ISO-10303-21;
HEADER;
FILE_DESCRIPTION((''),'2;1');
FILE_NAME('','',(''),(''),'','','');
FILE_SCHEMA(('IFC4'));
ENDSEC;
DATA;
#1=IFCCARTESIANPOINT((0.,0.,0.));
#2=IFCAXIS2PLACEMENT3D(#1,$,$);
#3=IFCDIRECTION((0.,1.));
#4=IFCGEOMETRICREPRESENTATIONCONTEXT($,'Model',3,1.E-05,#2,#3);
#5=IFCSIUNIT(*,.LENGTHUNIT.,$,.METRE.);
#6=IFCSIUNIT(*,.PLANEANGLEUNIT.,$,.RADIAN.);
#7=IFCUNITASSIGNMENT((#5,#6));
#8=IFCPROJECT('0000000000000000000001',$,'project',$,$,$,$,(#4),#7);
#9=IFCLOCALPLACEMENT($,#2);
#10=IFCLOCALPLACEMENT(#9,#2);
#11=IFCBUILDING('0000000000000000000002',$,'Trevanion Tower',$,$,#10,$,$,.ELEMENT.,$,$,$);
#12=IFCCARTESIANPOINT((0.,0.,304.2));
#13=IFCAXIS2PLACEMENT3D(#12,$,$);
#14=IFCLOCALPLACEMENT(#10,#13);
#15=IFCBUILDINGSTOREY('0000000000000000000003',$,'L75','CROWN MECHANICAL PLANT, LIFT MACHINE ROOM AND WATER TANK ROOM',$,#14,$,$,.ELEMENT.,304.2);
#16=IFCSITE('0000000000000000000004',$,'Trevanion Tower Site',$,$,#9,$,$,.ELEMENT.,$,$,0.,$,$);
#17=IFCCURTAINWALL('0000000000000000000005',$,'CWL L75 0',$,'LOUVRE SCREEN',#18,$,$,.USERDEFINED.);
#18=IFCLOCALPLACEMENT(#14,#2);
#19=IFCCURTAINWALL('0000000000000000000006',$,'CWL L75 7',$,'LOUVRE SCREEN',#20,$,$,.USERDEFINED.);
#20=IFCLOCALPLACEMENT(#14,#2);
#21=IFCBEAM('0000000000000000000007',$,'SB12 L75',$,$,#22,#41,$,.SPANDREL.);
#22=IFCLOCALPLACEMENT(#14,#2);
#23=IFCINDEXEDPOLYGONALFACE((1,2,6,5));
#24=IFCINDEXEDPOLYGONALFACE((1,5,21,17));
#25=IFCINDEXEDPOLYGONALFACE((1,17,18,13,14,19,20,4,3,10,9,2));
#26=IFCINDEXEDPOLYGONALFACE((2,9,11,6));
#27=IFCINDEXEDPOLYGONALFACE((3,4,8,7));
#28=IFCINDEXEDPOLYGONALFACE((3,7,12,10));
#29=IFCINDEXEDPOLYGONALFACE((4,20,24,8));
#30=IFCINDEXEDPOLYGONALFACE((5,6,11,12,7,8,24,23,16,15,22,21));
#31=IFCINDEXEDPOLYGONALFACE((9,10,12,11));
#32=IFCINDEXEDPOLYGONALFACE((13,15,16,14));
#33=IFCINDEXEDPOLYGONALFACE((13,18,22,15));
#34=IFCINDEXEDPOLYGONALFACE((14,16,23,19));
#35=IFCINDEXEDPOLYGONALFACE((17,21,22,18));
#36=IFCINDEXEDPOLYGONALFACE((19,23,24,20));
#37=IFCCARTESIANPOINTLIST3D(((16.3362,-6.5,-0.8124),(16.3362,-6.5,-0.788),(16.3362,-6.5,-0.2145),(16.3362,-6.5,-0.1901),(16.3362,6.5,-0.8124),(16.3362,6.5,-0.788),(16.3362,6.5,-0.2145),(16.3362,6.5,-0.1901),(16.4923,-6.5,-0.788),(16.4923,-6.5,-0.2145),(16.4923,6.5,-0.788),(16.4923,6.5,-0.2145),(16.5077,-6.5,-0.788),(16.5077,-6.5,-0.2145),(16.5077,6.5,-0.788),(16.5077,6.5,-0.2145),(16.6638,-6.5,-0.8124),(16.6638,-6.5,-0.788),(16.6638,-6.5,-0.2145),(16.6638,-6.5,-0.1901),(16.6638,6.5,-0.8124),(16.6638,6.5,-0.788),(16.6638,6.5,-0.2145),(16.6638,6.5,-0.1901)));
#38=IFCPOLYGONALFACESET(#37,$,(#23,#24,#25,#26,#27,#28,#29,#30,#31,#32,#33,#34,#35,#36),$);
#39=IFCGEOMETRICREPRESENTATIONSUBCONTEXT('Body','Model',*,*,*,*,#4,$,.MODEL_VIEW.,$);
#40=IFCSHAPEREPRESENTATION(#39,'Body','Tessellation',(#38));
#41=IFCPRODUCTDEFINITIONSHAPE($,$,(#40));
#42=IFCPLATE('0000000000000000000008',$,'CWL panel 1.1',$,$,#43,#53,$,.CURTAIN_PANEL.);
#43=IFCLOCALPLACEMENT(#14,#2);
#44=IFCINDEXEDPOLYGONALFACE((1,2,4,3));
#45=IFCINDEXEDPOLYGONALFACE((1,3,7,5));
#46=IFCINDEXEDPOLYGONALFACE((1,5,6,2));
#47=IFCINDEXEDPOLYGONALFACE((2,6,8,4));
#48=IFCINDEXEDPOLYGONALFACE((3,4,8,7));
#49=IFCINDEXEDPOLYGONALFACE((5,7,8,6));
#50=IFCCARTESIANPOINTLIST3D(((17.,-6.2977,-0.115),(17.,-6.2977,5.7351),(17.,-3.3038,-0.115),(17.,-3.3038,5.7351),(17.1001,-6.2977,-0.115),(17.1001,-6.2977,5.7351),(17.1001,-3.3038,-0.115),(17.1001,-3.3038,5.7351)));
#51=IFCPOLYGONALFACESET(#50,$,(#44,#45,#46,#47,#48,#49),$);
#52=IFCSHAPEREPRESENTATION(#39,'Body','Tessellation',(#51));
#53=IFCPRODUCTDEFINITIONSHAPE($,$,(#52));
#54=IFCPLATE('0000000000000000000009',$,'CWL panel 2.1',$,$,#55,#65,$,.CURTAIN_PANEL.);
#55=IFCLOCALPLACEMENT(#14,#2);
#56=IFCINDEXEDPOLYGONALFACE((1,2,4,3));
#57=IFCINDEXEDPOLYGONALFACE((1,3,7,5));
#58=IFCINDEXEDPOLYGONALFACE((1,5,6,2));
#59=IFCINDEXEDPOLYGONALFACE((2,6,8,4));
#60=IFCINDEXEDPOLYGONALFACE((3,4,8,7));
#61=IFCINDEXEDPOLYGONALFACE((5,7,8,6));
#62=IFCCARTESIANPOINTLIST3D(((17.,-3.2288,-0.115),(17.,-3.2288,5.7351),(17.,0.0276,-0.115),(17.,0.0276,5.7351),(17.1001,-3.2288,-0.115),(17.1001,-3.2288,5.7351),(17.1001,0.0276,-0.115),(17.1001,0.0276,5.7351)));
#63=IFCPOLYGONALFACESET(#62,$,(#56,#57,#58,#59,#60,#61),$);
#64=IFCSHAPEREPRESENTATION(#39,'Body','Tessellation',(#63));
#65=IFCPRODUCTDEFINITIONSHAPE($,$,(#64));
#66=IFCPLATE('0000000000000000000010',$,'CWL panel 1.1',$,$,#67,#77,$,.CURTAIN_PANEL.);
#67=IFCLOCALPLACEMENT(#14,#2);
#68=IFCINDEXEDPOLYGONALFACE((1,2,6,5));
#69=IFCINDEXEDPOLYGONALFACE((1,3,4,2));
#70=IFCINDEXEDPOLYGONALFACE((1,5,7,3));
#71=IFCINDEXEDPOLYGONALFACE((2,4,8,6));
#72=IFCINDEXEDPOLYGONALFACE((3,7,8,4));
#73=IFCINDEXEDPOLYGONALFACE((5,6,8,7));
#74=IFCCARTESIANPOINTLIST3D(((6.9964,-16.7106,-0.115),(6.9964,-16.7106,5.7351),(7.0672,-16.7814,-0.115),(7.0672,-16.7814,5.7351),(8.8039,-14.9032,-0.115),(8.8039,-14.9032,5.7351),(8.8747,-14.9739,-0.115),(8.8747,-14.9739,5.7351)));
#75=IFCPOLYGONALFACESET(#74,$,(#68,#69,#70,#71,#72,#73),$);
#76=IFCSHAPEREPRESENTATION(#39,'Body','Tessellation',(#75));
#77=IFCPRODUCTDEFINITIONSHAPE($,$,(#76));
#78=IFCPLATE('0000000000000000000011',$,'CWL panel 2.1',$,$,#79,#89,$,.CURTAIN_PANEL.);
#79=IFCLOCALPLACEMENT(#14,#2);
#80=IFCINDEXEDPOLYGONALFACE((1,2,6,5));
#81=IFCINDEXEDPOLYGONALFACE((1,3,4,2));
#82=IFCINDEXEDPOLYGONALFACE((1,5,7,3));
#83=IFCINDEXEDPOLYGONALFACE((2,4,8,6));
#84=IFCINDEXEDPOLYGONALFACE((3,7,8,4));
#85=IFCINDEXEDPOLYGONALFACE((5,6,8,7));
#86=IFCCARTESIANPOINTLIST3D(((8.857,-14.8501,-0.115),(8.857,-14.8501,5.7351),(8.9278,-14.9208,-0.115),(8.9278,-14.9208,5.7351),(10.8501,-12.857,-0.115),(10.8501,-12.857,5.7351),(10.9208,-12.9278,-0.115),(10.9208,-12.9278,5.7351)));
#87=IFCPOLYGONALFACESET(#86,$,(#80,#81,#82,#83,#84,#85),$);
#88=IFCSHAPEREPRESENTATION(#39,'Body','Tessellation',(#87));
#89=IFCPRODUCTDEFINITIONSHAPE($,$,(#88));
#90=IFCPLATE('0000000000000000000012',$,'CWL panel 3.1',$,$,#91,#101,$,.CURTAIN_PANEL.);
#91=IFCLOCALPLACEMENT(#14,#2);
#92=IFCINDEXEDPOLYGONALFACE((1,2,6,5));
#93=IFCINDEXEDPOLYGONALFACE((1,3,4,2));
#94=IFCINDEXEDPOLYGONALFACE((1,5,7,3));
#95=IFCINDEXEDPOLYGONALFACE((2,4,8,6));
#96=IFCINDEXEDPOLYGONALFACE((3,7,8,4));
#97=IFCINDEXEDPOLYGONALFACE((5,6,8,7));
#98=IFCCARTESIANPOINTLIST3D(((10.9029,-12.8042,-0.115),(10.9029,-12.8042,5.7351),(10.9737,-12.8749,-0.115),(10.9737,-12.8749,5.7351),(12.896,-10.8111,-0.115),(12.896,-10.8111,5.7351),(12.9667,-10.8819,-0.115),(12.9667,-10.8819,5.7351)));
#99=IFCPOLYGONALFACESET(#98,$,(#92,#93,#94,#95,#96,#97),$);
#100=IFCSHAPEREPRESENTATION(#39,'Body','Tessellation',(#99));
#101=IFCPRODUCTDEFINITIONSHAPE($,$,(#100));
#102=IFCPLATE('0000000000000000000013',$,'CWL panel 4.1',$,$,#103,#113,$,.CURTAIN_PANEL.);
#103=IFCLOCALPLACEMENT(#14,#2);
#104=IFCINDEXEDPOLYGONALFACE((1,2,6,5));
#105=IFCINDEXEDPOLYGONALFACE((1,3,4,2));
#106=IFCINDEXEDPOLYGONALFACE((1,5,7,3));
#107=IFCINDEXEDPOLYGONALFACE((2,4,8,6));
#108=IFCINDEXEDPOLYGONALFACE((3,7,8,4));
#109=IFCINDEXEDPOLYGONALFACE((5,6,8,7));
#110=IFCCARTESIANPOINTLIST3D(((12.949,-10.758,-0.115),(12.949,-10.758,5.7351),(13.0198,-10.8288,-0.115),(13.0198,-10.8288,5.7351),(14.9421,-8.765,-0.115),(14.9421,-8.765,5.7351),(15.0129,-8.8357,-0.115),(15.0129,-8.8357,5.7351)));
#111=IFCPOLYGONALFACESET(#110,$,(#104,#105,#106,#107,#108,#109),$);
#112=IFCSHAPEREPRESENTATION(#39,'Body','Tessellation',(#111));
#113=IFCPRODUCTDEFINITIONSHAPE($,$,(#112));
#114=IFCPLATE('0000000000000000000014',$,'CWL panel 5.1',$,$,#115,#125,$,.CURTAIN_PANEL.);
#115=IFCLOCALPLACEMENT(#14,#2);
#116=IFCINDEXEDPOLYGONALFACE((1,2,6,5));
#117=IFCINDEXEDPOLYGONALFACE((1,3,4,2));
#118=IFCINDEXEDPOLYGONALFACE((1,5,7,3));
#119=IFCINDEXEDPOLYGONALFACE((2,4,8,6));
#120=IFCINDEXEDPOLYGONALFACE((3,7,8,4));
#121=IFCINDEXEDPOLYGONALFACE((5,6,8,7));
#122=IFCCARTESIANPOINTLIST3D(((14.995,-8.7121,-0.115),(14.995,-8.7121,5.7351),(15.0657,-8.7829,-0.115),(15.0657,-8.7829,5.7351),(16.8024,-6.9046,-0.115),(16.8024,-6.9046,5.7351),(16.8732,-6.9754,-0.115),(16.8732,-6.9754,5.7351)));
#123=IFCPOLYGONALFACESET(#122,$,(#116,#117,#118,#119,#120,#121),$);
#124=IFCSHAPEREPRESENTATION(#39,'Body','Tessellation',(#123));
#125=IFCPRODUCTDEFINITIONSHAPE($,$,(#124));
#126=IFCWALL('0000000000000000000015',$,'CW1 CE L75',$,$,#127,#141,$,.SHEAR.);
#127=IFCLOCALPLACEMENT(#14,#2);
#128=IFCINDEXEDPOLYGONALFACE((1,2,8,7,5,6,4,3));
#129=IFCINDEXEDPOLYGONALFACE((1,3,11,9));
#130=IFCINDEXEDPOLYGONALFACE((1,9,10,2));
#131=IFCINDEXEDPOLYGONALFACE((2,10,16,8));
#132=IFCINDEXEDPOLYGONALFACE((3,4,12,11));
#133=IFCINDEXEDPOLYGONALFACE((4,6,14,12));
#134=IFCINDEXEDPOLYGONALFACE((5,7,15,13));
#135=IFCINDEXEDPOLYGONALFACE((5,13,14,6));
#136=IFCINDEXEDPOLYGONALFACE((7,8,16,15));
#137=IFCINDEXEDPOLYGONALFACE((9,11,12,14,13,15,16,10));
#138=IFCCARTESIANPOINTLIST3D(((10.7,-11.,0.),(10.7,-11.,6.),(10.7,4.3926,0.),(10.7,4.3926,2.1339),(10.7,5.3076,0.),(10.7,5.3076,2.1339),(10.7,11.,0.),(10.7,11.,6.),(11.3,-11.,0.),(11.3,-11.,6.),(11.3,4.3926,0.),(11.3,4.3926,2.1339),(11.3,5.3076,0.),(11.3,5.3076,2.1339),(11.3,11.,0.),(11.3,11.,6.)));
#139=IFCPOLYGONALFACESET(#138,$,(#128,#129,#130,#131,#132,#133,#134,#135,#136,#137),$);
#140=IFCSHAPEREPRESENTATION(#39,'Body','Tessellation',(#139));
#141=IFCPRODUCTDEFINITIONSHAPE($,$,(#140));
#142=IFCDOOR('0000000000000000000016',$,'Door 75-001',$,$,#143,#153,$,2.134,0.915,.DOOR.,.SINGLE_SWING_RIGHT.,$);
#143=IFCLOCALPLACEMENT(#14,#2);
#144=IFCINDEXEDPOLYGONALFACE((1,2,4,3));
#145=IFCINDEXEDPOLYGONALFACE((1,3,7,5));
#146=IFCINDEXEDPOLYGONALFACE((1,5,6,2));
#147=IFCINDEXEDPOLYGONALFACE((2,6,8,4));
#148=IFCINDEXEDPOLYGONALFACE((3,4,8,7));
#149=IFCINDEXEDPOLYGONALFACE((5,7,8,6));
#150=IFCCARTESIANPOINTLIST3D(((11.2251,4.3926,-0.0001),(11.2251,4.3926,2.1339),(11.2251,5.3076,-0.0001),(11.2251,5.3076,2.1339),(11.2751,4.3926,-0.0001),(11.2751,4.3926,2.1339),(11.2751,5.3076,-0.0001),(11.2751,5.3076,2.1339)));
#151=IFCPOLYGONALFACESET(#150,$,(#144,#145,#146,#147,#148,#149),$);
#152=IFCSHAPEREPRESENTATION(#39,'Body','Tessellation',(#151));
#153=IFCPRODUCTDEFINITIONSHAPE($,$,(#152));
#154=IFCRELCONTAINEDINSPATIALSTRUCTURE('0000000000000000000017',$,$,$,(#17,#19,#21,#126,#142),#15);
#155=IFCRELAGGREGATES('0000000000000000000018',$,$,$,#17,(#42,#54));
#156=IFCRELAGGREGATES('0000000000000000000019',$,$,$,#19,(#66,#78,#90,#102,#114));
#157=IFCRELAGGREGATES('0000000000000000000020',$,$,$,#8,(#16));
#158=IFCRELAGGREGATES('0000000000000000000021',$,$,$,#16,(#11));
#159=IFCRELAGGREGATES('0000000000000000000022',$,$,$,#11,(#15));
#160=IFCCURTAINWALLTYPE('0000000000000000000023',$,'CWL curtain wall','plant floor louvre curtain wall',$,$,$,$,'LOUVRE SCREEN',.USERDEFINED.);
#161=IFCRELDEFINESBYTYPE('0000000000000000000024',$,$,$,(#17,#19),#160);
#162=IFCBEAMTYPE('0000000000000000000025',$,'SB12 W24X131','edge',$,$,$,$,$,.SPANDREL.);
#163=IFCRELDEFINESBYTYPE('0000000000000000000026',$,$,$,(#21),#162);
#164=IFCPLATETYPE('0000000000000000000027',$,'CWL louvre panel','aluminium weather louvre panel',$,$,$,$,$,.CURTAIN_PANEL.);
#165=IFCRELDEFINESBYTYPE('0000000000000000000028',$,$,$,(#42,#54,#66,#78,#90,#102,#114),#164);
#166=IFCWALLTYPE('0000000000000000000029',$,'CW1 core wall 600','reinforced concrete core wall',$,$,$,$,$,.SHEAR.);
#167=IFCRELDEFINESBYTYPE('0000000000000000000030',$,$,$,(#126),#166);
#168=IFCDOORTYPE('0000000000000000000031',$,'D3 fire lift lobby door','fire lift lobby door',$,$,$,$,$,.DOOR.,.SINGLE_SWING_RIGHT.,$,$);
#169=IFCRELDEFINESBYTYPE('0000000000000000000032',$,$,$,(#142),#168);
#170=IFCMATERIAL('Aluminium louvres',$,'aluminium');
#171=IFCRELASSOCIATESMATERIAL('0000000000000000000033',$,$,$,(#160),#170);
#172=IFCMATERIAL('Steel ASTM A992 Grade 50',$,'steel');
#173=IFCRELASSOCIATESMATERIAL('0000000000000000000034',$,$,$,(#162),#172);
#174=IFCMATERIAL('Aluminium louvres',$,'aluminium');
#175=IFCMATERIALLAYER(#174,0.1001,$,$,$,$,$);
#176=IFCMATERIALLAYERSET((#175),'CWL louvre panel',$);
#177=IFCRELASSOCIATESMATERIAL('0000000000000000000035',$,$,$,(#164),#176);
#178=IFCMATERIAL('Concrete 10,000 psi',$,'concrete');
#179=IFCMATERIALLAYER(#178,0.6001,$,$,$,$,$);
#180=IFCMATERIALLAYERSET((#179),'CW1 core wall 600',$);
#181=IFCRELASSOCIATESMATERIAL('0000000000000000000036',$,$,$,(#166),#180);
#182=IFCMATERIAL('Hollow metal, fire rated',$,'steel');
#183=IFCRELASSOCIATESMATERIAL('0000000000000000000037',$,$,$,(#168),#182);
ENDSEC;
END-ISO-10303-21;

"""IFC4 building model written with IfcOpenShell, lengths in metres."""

from ifc_helpers import new_model, si_unit, direction, frame, frame_2d, origin, origin_2d, place, context, subcontext, project, spatial, rectangle, i_section, extrude, material, layer, layer_set, material_profile, profile_set, type_object, element, fill, aggregate, save


model = new_model("IFC4")

# Units and contexts
model_context = context("Model", 3, precision=1e-05, world=origin(), true_north=direction((0.0, 1.0)))
body_context = subcontext(model_context, "Body", "Model", "MODEL_VIEW")
ifc_project = project(units=[si_unit("LENGTHUNIT", "METRE"), si_unit("PLANEANGLEUNIT", "RADIAN")], contexts=[model_context])

# Site, building, storey
site_placement = place(None, origin())
site = spatial("IfcSite", under=ifc_project, at=site_placement, Name="Trevanion Tower Site", CompositionType="ELEMENT", RefElevation=0.0)
building_placement = place(site_placement, origin())
building = spatial("IfcBuilding", under=site, at=building_placement, Name="Trevanion Tower", CompositionType="ELEMENT")
storey_placement = place(building_placement, frame((0.0, 0.0, 304.2)))
storey = spatial("IfcBuildingStorey", under=building, at=storey_placement, Name="L75", Description="CROWN MECHANICAL PLANT, LIFT MACHINE ROOM AND WATER TANK ROOM", CompositionType="ELEMENT", Elevation=304.2)

# Curtain wall
ifc_material_1 = material(Name="Aluminium louvres", Category="aluminium")
curtain_wall_type = type_object("IfcCurtainWallType", Name="CWL curtain wall", Description="plant floor louvre curtain wall", ElementType="LOUVRE SCREEN", PredefinedType="USERDEFINED", material=ifc_material_1)
curtain_wall_1_placement = place(storey_placement, origin())
curtain_wall_1 = element("IfcCurtainWall", 1, at=curtain_wall_1_placement, inside=storey, type_object=curtain_wall_type, Name="CWL L75 0", ObjectType="LOUVRE SCREEN", PredefinedType="USERDEFINED")

# Curtain wall
curtain_wall_2_placement = place(storey_placement, origin())
curtain_wall_2 = element("IfcCurtainWall", 2, at=curtain_wall_2_placement, inside=storey, type_object=curtain_wall_type, Name="CWL L75 7", ObjectType="LOUVRE SCREEN", PredefinedType="USERDEFINED")

# Beam
ifc_material_2 = material(Name="Steel ASTM A992 Grade 50", Category="steel")
ifc_material_profile_1 = material_profile(ifc_material_2, i_section(OverallWidth=0.3276, OverallDepth=0.6223, WebThickness=0.0154, FlangeThickness=0.0244, at=origin_2d()), Name="W24X131")
ifc_profile_set_1 = profile_set([ifc_material_profile_1], Name="Steel ASTM A992 Grade 50")
beam_type_1 = type_object("IfcBeamType", Name="SB12 W24X131", Description="edge", PredefinedType="SPANDREL", material=ifc_profile_set_1)
beam_1_placement = place(storey_placement, frame((16.5, -6.5, -0.5012), z_axis=(0.0, 1.0, 0.0), x_axis=(-1.0, 0.0, 0.0)))
element("IfcBeam", 3, at=beam_1_placement, inside=storey, type_object=beam_type_1, Name="SB12 L75", PredefinedType="SPANDREL", context=body_context, shape_type="SweptSolid", body=[
    extrude(i_section(OverallWidth=0.3276, OverallDepth=0.6223, WebThickness=0.0154, FlangeThickness=0.0244, at=origin_2d()), origin(), (0.0, 0.0, 1.0), 13.0),
])

# Plates
ifc_material_3 = material(Name="Aluminium louvres", Category="aluminium")
ifc_layer_1 = layer(ifc_material_3, 0.1001)
ifc_layer_set_1 = layer_set([ifc_layer_1], Name="CWL louvre panel")
plate_type = type_object("IfcPlateType", Name="CWL louvre panel", Description="aluminium weather louvre panel", PredefinedType="CURTAIN_PANEL", material=ifc_layer_set_1)
plate_1_placement = place(storey_placement, frame((17.05, -4.8008, -0.115), z_axis=(0.0, 0.0, 1.0), x_axis=(0.0, 1.0, 0.0)))
plate_1 = element("IfcPlate", 4, at=plate_1_placement, type_object=plate_type, Name="CWL panel 1.1", PredefinedType="CURTAIN_PANEL", context=body_context, shape_type="SweptSolid", body=[
    extrude(rectangle(XDim=2.9939, YDim=0.1001, at=origin_2d()), origin(), (0.0, 0.0, 1.0), 5.8501),
])
plate_2_placement = place(storey_placement, frame((17.05, -1.6006, -0.115), z_axis=(0.0, 0.0, 1.0), x_axis=(0.0, 1.0, 0.0)))
plate_2 = element("IfcPlate", 5, at=plate_2_placement, type_object=plate_type, Name="CWL panel 2.1", PredefinedType="CURTAIN_PANEL", context=body_context, shape_type="SweptSolid", body=[
    extrude(rectangle(XDim=3.2563, YDim=0.1001, at=origin_2d()), origin(), (0.0, 0.0, 1.0), 5.8501),
])
aggregate(curtain_wall_1, [plate_1, plate_2])
plate_3_placement = place(storey_placement, frame((7.9355, -15.8423, -0.115), z_axis=(0.0, 0.0, 1.0), x_axis=(0.707107, 0.707107, 0.0)))
plate_3 = element("IfcPlate", 6, at=plate_3_placement, type_object=plate_type, Name="CWL panel 1.1", PredefinedType="CURTAIN_PANEL", context=body_context, shape_type="SweptSolid", body=[
    extrude(rectangle(XDim=2.5562, YDim=0.1001, at=origin_2d()), origin(), (0.0, 0.0, 1.0), 5.8501),
])
plate_4_placement = place(storey_placement, frame((9.8889, -13.8889, -0.115), z_axis=(0.0, 0.0, 1.0), x_axis=(0.707107, 0.707107, 0.0)))
plate_4 = element("IfcPlate", 7, at=plate_4_placement, type_object=plate_type, Name="CWL panel 2.1", PredefinedType="CURTAIN_PANEL", context=body_context, shape_type="SweptSolid", body=[
    extrude(rectangle(XDim=2.8186, YDim=0.1001, at=origin_2d()), origin(), (0.0, 0.0, 1.0), 5.8501),
])
plate_5_placement = place(storey_placement, frame((11.9348, -11.843, -0.115), z_axis=(0.0, 0.0, 1.0), x_axis=(0.707107, 0.707107, 0.0)))
plate_5 = element("IfcPlate", 8, at=plate_5_placement, type_object=plate_type, Name="CWL panel 3.1", PredefinedType="CURTAIN_PANEL", context=body_context, shape_type="SweptSolid", body=[
    extrude(rectangle(XDim=2.8186, YDim=0.1001, at=origin_2d()), origin(), (0.0, 0.0, 1.0), 5.8501),
])
plate_6_placement = place(storey_placement, frame((13.981, -9.7969, -0.115), z_axis=(0.0, 0.0, 1.0), x_axis=(0.707107, 0.707107, 0.0)))
plate_6 = element("IfcPlate", 9, at=plate_6_placement, type_object=plate_type, Name="CWL panel 4.1", PredefinedType="CURTAIN_PANEL", context=body_context, shape_type="SweptSolid", body=[
    extrude(rectangle(XDim=2.8186, YDim=0.1001, at=origin_2d()), origin(), (0.0, 0.0, 1.0), 5.8501),
])
plate_7_placement = place(storey_placement, frame((15.9341, -7.8438, -0.115), z_axis=(0.0, 0.0, 1.0), x_axis=(0.707107, 0.707107, 0.0)))
plate_7 = element("IfcPlate", 10, at=plate_7_placement, type_object=plate_type, Name="CWL panel 5.1", PredefinedType="CURTAIN_PANEL", context=body_context, shape_type="SweptSolid", body=[
    extrude(rectangle(XDim=2.5562, YDim=0.1001, at=origin_2d()), origin(), (0.0, 0.0, 1.0), 5.8501),
])
aggregate(curtain_wall_2, [plate_3, plate_4, plate_5, plate_6, plate_7])

# Wall, opening, door
ifc_material_4 = material(Name="Concrete 10,000 psi", Category="concrete")
ifc_layer_2 = layer(ifc_material_4, 0.6001)
ifc_layer_set_2 = layer_set([ifc_layer_2], Name="CW1 core wall 600")
wall_type = type_object("IfcWallType", Name="CW1 core wall 600", Description="reinforced concrete core wall", PredefinedType="SHEAR", material=ifc_layer_set_2)
wall_placement = place(storey_placement, frame((11.0, -11.0, 0.0), z_axis=(0.0, 0.0, 1.0), x_axis=(0.0, 1.0, 0.0)))
wall = element("IfcWall", 11, at=wall_placement, inside=storey, type_object=wall_type, Name="CW1 CE L75", PredefinedType="SHEAR", context=body_context, shape_type="SweptSolid", body=[
    extrude(rectangle(XDim=22.0, YDim=0.6001, at=frame_2d((11.0, 0.0))), origin(), (0.0, 0.0, 1.0), 6.0),
])
opening_placement = place(wall_placement, frame((15.3926, 0.0, 0.0)))
opening = element("IfcOpeningElement", 12, at=opening_placement, cuts=wall, PredefinedType="OPENING", context=body_context, shape_type="SweptSolid", body=[
    extrude(rectangle(XDim=0.915, YDim=2.134, at=frame_2d((0.4575, 1.0669))), frame((0.0, 0.3101, 0.0), z_axis=(0.0, -1.0, 0.0), x_axis=(1.0, 0.0, 0.0)), (0.0, 0.0, 1.0), 0.6201),
])
ifc_material_5 = material(Name="Hollow metal, fire rated", Category="steel")
door_type = type_object("IfcDoorType", Name="D3 fire lift lobby door", Description="fire lift lobby door", OperationType="SINGLE_SWING_RIGHT", PredefinedType="DOOR", material=ifc_material_5)
door_placement = place(opening_placement, origin())
door = element("IfcDoor", 13, at=door_placement, inside=storey, type_object=door_type, Name="Door 75-001", OperationType="SINGLE_SWING_RIGHT", OverallHeight=2.134, OverallWidth=0.915, PredefinedType="DOOR", context=body_context, shape_type="SweptSolid", body=[
    extrude(rectangle(XDim=0.915, YDim=2.134, at=frame_2d((0.4575, 1.0669))), frame((0.0, -0.2251, 0.0), z_axis=(0.0, -1.0, 0.0), x_axis=(1.0, 0.0, 0.0)), (0.0, 0.0, 1.0), 0.05),
])
fill(opening, door)

save(model, "model.ifc")
